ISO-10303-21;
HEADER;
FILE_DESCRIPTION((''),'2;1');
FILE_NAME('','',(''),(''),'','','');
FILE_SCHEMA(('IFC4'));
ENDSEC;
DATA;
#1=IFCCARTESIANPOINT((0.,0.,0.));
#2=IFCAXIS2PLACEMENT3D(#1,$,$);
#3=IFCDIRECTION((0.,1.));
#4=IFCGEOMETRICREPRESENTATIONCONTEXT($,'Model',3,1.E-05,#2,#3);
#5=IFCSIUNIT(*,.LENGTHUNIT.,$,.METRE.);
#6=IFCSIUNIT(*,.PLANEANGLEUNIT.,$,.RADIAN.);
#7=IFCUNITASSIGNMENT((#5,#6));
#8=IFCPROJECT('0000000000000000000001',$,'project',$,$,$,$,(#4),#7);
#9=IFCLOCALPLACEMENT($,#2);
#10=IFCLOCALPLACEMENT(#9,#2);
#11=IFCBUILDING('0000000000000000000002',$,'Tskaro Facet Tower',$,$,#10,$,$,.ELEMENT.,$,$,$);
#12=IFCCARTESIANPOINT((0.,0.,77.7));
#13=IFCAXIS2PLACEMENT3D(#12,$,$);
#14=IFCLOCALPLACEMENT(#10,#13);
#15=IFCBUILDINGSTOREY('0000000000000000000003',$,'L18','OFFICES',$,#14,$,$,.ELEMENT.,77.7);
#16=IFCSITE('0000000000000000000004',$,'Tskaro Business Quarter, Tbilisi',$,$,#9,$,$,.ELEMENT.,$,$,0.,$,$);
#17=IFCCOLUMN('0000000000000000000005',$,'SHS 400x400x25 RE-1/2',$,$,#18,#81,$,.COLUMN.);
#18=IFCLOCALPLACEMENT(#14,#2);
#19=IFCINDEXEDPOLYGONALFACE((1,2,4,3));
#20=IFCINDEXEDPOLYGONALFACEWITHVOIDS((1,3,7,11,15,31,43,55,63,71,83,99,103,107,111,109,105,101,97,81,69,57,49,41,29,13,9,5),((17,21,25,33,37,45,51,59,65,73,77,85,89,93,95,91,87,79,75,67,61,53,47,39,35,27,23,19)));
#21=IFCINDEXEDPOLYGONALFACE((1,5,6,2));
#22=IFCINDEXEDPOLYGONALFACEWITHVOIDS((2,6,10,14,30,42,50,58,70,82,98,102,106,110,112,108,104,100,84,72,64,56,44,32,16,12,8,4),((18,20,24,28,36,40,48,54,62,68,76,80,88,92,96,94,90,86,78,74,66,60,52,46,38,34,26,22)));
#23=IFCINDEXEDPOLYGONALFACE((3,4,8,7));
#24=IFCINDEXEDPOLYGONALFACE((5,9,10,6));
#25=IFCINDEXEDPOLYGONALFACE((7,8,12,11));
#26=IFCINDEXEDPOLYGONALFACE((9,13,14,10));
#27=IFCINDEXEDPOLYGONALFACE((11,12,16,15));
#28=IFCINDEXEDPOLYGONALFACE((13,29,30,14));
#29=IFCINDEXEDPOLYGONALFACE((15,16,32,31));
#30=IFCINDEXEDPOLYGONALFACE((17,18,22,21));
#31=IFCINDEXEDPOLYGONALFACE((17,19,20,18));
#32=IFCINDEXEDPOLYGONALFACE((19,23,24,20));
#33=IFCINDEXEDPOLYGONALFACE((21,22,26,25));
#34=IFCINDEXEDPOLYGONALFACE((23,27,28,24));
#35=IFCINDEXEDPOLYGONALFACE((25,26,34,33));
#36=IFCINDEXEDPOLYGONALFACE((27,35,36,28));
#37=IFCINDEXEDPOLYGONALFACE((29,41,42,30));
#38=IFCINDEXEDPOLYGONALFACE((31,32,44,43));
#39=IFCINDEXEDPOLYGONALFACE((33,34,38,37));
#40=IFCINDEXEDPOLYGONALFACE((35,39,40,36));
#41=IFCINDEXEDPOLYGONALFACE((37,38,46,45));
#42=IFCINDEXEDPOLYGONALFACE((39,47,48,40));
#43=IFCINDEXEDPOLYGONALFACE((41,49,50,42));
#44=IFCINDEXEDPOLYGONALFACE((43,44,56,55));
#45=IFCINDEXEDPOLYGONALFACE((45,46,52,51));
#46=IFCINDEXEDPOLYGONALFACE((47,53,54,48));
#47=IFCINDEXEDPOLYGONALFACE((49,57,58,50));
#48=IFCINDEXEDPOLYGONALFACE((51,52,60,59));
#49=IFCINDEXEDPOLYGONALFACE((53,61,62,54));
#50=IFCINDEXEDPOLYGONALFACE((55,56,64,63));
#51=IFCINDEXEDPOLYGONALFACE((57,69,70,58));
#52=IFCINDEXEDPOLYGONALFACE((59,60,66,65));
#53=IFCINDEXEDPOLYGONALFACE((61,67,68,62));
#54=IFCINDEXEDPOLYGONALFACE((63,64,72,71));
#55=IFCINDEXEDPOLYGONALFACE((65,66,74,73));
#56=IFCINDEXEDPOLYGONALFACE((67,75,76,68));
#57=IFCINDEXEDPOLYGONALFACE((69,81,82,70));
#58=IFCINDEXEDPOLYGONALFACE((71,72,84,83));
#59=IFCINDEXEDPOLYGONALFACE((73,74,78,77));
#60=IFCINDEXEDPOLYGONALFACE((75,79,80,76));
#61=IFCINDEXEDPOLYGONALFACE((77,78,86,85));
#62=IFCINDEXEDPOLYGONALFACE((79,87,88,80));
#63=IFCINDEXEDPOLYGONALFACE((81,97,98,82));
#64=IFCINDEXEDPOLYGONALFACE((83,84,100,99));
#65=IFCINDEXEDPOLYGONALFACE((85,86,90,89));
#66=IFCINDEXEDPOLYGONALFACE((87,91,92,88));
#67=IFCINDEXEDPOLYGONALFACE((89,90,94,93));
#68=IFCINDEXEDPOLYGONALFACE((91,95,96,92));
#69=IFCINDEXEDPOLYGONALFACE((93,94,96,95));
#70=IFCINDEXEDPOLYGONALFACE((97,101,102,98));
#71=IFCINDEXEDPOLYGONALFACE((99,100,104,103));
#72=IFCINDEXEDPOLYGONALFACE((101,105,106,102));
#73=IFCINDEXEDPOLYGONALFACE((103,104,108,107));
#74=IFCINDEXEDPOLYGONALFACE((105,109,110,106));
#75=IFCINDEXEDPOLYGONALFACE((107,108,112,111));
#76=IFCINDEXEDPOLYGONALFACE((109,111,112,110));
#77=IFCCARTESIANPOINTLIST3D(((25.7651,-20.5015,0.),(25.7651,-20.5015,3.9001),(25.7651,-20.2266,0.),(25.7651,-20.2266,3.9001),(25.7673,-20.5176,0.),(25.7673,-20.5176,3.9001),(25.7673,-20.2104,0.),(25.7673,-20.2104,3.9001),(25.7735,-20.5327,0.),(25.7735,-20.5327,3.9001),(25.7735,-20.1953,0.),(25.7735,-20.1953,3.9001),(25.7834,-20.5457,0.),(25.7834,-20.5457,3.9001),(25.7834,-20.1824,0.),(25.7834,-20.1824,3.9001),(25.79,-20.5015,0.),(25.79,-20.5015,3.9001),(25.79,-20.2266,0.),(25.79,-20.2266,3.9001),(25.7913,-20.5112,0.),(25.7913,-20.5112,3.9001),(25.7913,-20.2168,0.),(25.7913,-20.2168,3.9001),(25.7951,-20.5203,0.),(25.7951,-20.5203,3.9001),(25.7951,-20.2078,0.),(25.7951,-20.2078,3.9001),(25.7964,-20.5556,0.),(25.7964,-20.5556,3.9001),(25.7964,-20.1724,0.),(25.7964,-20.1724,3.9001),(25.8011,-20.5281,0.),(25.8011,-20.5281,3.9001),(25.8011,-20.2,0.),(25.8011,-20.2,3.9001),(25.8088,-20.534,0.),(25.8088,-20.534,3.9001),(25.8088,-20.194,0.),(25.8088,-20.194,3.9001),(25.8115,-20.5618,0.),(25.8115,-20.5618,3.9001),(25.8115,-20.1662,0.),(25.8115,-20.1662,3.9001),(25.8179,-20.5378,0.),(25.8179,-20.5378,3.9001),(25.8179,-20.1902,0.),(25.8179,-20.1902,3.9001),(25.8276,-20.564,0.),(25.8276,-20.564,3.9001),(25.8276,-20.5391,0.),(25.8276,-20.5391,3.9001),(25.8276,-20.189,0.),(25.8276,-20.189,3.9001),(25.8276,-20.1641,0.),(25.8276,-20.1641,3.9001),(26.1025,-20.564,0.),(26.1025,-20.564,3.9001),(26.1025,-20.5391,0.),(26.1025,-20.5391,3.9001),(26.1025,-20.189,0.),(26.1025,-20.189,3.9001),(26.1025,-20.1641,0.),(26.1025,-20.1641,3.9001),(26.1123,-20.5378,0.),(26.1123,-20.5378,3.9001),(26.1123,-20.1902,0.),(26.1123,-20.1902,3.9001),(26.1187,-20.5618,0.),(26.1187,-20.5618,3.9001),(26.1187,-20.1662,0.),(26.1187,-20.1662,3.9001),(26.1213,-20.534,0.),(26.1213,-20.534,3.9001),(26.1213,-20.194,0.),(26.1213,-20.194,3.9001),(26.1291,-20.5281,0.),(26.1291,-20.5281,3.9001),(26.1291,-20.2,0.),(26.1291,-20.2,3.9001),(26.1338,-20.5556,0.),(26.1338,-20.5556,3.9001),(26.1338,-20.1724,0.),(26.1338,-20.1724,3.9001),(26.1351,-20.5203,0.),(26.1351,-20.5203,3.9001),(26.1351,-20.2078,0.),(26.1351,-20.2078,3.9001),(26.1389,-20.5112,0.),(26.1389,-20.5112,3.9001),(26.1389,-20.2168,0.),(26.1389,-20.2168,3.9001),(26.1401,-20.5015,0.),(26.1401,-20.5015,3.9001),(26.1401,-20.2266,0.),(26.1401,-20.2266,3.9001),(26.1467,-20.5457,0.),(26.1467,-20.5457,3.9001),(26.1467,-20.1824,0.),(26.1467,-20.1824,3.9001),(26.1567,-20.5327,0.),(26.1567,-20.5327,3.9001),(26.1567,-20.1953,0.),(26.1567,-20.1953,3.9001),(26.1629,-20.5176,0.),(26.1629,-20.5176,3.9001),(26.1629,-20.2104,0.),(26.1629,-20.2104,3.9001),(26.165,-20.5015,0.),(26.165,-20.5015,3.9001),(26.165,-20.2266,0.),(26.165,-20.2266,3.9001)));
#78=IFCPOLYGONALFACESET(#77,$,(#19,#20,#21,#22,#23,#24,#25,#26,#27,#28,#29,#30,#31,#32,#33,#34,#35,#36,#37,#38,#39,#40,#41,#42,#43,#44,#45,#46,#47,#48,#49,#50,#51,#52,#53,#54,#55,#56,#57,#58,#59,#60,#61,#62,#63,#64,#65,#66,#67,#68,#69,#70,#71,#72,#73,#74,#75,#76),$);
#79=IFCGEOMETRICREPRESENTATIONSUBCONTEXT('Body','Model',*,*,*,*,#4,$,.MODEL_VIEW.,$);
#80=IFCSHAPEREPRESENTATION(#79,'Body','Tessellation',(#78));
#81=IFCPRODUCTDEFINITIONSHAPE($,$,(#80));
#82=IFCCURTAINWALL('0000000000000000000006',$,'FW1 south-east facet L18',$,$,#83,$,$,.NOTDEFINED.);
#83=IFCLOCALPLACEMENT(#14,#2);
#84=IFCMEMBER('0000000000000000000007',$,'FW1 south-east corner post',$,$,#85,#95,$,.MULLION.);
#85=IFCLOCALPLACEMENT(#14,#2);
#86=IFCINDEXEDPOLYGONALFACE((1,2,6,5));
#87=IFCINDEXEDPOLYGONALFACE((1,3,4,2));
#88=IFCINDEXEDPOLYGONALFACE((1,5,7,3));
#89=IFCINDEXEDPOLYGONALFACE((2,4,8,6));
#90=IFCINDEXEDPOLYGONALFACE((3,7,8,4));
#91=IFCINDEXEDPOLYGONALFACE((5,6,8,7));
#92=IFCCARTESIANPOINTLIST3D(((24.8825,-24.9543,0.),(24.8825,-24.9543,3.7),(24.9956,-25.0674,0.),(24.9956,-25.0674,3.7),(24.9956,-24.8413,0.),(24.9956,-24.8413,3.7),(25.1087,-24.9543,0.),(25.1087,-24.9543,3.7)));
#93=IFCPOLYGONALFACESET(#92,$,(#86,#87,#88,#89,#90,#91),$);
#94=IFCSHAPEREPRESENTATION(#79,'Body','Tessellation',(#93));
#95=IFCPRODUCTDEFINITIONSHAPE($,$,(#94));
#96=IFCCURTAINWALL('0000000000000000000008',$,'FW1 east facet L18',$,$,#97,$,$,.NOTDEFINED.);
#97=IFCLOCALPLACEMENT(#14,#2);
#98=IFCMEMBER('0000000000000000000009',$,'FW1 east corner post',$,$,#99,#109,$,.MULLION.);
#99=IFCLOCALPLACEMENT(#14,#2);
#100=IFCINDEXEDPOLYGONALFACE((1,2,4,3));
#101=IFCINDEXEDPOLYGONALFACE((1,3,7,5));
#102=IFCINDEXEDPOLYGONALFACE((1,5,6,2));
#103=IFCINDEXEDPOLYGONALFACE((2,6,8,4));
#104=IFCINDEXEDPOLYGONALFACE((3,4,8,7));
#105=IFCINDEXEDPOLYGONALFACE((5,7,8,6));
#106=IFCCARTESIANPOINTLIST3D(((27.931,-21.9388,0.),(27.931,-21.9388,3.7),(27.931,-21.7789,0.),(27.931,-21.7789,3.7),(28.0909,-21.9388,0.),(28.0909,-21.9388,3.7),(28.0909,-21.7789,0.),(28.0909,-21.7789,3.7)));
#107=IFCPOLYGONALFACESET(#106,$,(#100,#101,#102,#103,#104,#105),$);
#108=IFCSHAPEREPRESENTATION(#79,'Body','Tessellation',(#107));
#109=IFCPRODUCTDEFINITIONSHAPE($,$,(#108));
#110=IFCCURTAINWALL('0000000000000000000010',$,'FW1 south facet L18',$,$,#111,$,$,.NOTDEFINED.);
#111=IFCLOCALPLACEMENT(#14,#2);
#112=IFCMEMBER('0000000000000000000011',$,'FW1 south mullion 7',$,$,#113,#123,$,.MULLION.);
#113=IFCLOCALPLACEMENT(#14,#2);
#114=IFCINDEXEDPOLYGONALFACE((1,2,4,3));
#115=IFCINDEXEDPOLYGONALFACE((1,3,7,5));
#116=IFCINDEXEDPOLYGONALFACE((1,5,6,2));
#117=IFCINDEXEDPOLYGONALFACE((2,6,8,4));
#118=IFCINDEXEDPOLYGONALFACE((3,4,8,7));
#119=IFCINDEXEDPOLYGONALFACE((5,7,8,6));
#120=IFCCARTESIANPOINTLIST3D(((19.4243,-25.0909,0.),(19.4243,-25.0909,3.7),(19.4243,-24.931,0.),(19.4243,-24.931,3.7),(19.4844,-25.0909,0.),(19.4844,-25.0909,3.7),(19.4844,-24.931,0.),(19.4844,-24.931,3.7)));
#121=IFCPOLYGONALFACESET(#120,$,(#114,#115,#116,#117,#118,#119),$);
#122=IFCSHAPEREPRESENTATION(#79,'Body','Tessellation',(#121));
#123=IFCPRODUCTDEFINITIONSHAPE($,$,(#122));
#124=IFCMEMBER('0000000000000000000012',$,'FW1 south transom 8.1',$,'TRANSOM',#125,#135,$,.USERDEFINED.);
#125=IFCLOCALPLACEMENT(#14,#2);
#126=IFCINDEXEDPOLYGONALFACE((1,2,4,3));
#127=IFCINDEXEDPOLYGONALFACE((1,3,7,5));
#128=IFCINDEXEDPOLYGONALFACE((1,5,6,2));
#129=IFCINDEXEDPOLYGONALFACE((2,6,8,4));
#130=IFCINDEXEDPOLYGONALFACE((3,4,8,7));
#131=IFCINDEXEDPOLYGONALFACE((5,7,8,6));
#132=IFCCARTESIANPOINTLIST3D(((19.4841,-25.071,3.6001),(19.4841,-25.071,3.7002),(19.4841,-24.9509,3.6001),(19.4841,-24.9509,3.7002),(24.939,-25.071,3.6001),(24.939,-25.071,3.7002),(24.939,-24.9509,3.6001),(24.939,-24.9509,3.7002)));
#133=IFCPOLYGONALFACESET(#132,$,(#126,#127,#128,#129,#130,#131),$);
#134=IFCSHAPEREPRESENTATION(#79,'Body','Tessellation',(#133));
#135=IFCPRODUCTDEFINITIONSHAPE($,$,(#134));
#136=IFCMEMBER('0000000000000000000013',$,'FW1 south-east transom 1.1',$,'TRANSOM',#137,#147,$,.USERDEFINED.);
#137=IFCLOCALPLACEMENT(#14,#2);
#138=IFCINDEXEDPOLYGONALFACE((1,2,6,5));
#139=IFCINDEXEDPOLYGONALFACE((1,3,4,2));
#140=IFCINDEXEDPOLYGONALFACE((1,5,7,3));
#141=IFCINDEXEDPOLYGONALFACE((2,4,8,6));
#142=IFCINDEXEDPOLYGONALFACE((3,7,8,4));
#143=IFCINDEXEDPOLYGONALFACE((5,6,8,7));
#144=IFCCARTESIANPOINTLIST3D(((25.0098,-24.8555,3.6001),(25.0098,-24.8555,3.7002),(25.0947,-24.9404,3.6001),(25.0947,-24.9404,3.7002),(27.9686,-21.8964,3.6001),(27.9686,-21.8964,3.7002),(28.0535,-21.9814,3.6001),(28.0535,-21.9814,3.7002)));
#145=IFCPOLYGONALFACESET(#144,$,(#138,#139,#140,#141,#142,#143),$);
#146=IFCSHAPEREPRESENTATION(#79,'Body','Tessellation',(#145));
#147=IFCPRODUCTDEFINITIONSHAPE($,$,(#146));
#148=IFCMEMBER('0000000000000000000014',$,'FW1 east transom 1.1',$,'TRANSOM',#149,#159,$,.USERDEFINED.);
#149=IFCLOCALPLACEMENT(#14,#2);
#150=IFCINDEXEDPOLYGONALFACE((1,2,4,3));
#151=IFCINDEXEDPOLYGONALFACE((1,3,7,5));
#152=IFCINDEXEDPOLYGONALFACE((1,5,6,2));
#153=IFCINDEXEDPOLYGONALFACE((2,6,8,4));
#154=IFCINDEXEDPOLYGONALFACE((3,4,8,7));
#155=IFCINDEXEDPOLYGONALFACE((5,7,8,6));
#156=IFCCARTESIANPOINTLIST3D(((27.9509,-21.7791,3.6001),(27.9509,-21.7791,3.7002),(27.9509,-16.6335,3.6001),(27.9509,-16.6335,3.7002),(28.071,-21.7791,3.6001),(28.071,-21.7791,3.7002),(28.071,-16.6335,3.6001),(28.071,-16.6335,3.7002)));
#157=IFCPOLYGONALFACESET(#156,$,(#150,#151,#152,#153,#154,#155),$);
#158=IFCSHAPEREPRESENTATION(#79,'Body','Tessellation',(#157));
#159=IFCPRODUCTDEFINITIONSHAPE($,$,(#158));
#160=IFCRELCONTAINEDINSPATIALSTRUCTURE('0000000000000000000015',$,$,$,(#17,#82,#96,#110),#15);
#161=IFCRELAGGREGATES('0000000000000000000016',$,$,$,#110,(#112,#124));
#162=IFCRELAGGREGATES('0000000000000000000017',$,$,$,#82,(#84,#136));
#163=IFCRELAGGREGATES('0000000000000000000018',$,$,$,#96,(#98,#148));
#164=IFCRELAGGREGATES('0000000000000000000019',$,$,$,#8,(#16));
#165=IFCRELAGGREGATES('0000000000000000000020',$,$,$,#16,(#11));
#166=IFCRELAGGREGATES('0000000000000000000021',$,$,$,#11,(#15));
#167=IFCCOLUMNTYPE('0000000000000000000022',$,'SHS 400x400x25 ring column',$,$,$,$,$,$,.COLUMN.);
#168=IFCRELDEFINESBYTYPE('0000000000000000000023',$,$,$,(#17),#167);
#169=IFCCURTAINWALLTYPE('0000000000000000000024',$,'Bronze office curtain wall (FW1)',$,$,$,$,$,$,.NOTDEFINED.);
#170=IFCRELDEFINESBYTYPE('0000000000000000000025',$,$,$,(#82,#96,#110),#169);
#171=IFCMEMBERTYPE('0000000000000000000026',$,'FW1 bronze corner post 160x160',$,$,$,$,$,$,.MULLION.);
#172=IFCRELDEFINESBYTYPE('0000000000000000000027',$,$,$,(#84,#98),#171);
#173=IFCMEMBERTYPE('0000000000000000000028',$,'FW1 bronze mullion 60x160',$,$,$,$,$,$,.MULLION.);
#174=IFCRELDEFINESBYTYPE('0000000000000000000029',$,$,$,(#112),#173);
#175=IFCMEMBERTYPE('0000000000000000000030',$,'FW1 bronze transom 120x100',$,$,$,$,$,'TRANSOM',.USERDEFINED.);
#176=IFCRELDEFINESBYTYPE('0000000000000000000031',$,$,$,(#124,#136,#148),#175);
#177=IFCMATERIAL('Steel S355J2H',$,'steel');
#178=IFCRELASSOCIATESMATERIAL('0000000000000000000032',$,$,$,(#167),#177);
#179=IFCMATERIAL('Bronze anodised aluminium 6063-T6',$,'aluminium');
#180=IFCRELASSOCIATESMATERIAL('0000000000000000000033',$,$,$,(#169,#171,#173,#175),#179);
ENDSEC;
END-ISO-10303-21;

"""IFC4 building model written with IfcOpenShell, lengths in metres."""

from ifc_helpers import new_model, si_unit, direction, frame, origin, origin_2d, place, context, subcontext, project, spatial, rectangle, hollow_rectangle, extrude, material, material_profile, profile_set, type_object, element, aggregate, save


model = new_model("IFC4")

# Units and contexts
model_context = context("Model", 3, precision=1e-05, world=origin(), true_north=direction((0.0, 1.0)))
body_context = subcontext(model_context, "Body", "Model", "MODEL_VIEW")
ifc_project = project(units=[si_unit("LENGTHUNIT", "METRE"), si_unit("PLANEANGLEUNIT", "RADIAN")], contexts=[model_context])

# Site, building, storey
site_placement = place(None, origin())
site = spatial("IfcSite", under=ifc_project, at=site_placement, Name="Tskaro Business Quarter, Tbilisi", CompositionType="ELEMENT", RefElevation=0.0)
building_placement = place(site_placement, origin())
building = spatial("IfcBuilding", under=site, at=building_placement, Name="Tskaro Facet Tower", CompositionType="ELEMENT")
storey_placement = place(building_placement, frame((0.0, 0.0, 77.7)))
storey = spatial("IfcBuildingStorey", under=building, at=storey_placement, Name="L18", Description="OFFICES", CompositionType="ELEMENT", Elevation=77.7)

# Column
ifc_material_1 = material(Name="Steel S355J2H", Category="steel")
ifc_material_profile_1 = material_profile(ifc_material_1, hollow_rectangle(XDim=0.3999, YDim=0.3999, WallThickness=0.0249, InnerFilletRadius=0.0376, OuterFilletRadius=0.0625, at=origin_2d()), Name="SHS 400x400x25")
ifc_profile_set_1 = profile_set([ifc_material_profile_1], Name="Steel S355J2H")
column_type_1 = type_object("IfcColumnType", Name="SHS 400x400x25 ring column", PredefinedType="COLUMN", material=ifc_profile_set_1)
for number, where, z_axis, x_axis, name in (
    (1, (25.9651, -20.364, 0.0), (0.0, 0.0, 1.0), (1.0, 0.0, 0.0), "SHS 400x400x25 RE-1/2"),
):
    element("IfcColumn", number, at=place(storey_placement, frame(where, z_axis=z_axis, x_axis=x_axis)), inside=storey, type_object=column_type_1, Name=name, PredefinedType="COLUMN", context=body_context, shape_type="SweptSolid", body=[
        extrude(hollow_rectangle(XDim=0.3999, YDim=0.3999, WallThickness=0.0249, InnerFilletRadius=0.0376, OuterFilletRadius=0.0625, at=origin_2d()), origin(), (0.0, 0.0, 1.0), 3.9001),
    ])

# Curtain walls, members
ifc_material_2 = material(Name="Bronze anodised aluminium 6063-T6", Category="aluminium")
curtain_wall_type = type_object("IfcCurtainWallType", Name="Bronze office curtain wall (FW1)", PredefinedType="NOTDEFINED", material=ifc_material_2)
curtain_wall_1_placement = place(storey_placement, origin())
curtain_wall_1 = element("IfcCurtainWall", 2, at=curtain_wall_1_placement, inside=storey, type_object=curtain_wall_type, Name="FW1 south-east facet L18", PredefinedType="NOTDEFINED")
ifc_material_profile_2 = material_profile(ifc_material_2, rectangle(XDim=0.1599, YDim=0.1599, at=origin_2d()), Name="Corner post 160x160")
ifc_profile_set_2 = profile_set([ifc_material_profile_2], Name="Bronze anodised aluminium 6063-T6")
member_type_1 = type_object("IfcMemberType", Name="FW1 bronze corner post 160x160", PredefinedType="MULLION", material=ifc_profile_set_2)
member_1_placement = place(storey_placement, frame((24.9956, -24.9543, 0.0), z_axis=(0.0, 0.0, 1.0), x_axis=(0.707107, 0.707107, 0.0)))
member_1 = element("IfcMember", 3, at=member_1_placement, type_object=member_type_1, Name="FW1 south-east corner post", PredefinedType="MULLION", context=body_context, shape_type="SweptSolid", body=[
    extrude(rectangle(XDim=0.1599, YDim=0.1599, at=origin_2d()), origin(), (0.0, 0.0, 1.0), 3.7),
])
curtain_wall_2_placement = place(storey_placement, origin())
curtain_wall_2 = element("IfcCurtainWall", 4, at=curtain_wall_2_placement, inside=storey, type_object=curtain_wall_type, Name="FW1 east facet L18", PredefinedType="NOTDEFINED")
member_2_placement = place(storey_placement, frame((28.011, -21.8589, 0.0), z_axis=(0.0, 0.0, 1.0), x_axis=(0.0, 1.0, 0.0)))
member_2 = element("IfcMember", 5, at=member_2_placement, type_object=member_type_1, Name="FW1 east corner post", PredefinedType="MULLION", context=body_context, shape_type="SweptSolid", body=[
    extrude(rectangle(XDim=0.1599, YDim=0.1599, at=origin_2d()), origin(), (0.0, 0.0, 1.0), 3.7),
])

# Curtain wall, members
curtain_wall_3_placement = place(storey_placement, origin())
curtain_wall_3 = element("IfcCurtainWall", 6, at=curtain_wall_3_placement, inside=storey, type_object=curtain_wall_type, Name="FW1 south facet L18", PredefinedType="NOTDEFINED")
ifc_material_profile_3 = material_profile(ifc_material_2, rectangle(XDim=0.0601, YDim=0.1599, at=origin_2d()), Name="Mullion 60x160")
ifc_profile_set_3 = profile_set([ifc_material_profile_3], Name="Bronze anodised aluminium 6063-T6")
member_type_2 = type_object("IfcMemberType", Name="FW1 bronze mullion 60x160", PredefinedType="MULLION", material=ifc_profile_set_3)
member_3_placement = place(storey_placement, frame((19.4543, -25.011, 0.0), z_axis=(0.0, 0.0, 1.0), x_axis=(1.0, 0.0, 0.0)))
member_3 = element("IfcMember", 7, at=member_3_placement, type_object=member_type_2, Name="FW1 south mullion 7", PredefinedType="MULLION", context=body_context, shape_type="SweptSolid", body=[
    extrude(rectangle(XDim=0.0601, YDim=0.1599, at=origin_2d()), origin(), (0.0, 0.0, 1.0), 3.7),
])
ifc_material_profile_4 = material_profile(ifc_material_2, rectangle(XDim=0.1201, YDim=0.1001, at=origin_2d()), Name="Transom 120x100")
ifc_profile_set_4 = profile_set([ifc_material_profile_4], Name="Bronze anodised aluminium 6063-T6")
member_type_3 = type_object("IfcMemberType", Name="FW1 bronze transom 120x100", ElementType="TRANSOM", PredefinedType="USERDEFINED", material=ifc_profile_set_4)
member_4_placement = place(storey_placement, frame((19.4841, -25.011, 3.6501), z_axis=(1.0, 0.0, 0.0), x_axis=(0.0, 1.0, 0.0)))
member_4 = element("IfcMember", 8, at=member_4_placement, type_object=member_type_3, Name="FW1 south transom 8.1", ObjectType="TRANSOM", PredefinedType="USERDEFINED", context=body_context, shape_type="SweptSolid", body=[
    extrude(rectangle(XDim=0.1201, YDim=0.1001, at=origin_2d()), origin(), (0.0, 0.0, 1.0), 5.4548),
])

# Members
member_5_placement = place(storey_placement, frame((25.0522, -24.8979, 3.6501), z_axis=(0.707078, 0.707136, 0.0), x_axis=(-0.707136, 0.707078, 0.0)))
member_5 = element("IfcMember", 9, at=member_5_placement, type_object=member_type_3, Name="FW1 south-east transom 1.1", ObjectType="TRANSOM", PredefinedType="USERDEFINED", context=body_context, shape_type="SweptSolid", body=[
    extrude(rectangle(XDim=0.1201, YDim=0.1001, at=origin_2d()), origin(), (0.0, 0.0, 1.0), 4.1846),
])
member_6_placement = place(storey_placement, frame((28.011, -21.7791, 3.6501), z_axis=(0.0, 1.0, 0.0), x_axis=(-1.0, 0.0, 0.0)))
member_6 = element("IfcMember", 10, at=member_6_placement, type_object=member_type_3, Name="FW1 east transom 1.1", ObjectType="TRANSOM", PredefinedType="USERDEFINED", context=body_context, shape_type="SweptSolid", body=[
    extrude(rectangle(XDim=0.1201, YDim=0.1001, at=origin_2d()), origin(), (0.0, 0.0, 1.0), 5.1455),
])

aggregate(curtain_wall_3, [member_3, member_4])
aggregate(curtain_wall_1, [member_1, member_5])
aggregate(curtain_wall_2, [member_2, member_6])

save(model, "model.ifc")
